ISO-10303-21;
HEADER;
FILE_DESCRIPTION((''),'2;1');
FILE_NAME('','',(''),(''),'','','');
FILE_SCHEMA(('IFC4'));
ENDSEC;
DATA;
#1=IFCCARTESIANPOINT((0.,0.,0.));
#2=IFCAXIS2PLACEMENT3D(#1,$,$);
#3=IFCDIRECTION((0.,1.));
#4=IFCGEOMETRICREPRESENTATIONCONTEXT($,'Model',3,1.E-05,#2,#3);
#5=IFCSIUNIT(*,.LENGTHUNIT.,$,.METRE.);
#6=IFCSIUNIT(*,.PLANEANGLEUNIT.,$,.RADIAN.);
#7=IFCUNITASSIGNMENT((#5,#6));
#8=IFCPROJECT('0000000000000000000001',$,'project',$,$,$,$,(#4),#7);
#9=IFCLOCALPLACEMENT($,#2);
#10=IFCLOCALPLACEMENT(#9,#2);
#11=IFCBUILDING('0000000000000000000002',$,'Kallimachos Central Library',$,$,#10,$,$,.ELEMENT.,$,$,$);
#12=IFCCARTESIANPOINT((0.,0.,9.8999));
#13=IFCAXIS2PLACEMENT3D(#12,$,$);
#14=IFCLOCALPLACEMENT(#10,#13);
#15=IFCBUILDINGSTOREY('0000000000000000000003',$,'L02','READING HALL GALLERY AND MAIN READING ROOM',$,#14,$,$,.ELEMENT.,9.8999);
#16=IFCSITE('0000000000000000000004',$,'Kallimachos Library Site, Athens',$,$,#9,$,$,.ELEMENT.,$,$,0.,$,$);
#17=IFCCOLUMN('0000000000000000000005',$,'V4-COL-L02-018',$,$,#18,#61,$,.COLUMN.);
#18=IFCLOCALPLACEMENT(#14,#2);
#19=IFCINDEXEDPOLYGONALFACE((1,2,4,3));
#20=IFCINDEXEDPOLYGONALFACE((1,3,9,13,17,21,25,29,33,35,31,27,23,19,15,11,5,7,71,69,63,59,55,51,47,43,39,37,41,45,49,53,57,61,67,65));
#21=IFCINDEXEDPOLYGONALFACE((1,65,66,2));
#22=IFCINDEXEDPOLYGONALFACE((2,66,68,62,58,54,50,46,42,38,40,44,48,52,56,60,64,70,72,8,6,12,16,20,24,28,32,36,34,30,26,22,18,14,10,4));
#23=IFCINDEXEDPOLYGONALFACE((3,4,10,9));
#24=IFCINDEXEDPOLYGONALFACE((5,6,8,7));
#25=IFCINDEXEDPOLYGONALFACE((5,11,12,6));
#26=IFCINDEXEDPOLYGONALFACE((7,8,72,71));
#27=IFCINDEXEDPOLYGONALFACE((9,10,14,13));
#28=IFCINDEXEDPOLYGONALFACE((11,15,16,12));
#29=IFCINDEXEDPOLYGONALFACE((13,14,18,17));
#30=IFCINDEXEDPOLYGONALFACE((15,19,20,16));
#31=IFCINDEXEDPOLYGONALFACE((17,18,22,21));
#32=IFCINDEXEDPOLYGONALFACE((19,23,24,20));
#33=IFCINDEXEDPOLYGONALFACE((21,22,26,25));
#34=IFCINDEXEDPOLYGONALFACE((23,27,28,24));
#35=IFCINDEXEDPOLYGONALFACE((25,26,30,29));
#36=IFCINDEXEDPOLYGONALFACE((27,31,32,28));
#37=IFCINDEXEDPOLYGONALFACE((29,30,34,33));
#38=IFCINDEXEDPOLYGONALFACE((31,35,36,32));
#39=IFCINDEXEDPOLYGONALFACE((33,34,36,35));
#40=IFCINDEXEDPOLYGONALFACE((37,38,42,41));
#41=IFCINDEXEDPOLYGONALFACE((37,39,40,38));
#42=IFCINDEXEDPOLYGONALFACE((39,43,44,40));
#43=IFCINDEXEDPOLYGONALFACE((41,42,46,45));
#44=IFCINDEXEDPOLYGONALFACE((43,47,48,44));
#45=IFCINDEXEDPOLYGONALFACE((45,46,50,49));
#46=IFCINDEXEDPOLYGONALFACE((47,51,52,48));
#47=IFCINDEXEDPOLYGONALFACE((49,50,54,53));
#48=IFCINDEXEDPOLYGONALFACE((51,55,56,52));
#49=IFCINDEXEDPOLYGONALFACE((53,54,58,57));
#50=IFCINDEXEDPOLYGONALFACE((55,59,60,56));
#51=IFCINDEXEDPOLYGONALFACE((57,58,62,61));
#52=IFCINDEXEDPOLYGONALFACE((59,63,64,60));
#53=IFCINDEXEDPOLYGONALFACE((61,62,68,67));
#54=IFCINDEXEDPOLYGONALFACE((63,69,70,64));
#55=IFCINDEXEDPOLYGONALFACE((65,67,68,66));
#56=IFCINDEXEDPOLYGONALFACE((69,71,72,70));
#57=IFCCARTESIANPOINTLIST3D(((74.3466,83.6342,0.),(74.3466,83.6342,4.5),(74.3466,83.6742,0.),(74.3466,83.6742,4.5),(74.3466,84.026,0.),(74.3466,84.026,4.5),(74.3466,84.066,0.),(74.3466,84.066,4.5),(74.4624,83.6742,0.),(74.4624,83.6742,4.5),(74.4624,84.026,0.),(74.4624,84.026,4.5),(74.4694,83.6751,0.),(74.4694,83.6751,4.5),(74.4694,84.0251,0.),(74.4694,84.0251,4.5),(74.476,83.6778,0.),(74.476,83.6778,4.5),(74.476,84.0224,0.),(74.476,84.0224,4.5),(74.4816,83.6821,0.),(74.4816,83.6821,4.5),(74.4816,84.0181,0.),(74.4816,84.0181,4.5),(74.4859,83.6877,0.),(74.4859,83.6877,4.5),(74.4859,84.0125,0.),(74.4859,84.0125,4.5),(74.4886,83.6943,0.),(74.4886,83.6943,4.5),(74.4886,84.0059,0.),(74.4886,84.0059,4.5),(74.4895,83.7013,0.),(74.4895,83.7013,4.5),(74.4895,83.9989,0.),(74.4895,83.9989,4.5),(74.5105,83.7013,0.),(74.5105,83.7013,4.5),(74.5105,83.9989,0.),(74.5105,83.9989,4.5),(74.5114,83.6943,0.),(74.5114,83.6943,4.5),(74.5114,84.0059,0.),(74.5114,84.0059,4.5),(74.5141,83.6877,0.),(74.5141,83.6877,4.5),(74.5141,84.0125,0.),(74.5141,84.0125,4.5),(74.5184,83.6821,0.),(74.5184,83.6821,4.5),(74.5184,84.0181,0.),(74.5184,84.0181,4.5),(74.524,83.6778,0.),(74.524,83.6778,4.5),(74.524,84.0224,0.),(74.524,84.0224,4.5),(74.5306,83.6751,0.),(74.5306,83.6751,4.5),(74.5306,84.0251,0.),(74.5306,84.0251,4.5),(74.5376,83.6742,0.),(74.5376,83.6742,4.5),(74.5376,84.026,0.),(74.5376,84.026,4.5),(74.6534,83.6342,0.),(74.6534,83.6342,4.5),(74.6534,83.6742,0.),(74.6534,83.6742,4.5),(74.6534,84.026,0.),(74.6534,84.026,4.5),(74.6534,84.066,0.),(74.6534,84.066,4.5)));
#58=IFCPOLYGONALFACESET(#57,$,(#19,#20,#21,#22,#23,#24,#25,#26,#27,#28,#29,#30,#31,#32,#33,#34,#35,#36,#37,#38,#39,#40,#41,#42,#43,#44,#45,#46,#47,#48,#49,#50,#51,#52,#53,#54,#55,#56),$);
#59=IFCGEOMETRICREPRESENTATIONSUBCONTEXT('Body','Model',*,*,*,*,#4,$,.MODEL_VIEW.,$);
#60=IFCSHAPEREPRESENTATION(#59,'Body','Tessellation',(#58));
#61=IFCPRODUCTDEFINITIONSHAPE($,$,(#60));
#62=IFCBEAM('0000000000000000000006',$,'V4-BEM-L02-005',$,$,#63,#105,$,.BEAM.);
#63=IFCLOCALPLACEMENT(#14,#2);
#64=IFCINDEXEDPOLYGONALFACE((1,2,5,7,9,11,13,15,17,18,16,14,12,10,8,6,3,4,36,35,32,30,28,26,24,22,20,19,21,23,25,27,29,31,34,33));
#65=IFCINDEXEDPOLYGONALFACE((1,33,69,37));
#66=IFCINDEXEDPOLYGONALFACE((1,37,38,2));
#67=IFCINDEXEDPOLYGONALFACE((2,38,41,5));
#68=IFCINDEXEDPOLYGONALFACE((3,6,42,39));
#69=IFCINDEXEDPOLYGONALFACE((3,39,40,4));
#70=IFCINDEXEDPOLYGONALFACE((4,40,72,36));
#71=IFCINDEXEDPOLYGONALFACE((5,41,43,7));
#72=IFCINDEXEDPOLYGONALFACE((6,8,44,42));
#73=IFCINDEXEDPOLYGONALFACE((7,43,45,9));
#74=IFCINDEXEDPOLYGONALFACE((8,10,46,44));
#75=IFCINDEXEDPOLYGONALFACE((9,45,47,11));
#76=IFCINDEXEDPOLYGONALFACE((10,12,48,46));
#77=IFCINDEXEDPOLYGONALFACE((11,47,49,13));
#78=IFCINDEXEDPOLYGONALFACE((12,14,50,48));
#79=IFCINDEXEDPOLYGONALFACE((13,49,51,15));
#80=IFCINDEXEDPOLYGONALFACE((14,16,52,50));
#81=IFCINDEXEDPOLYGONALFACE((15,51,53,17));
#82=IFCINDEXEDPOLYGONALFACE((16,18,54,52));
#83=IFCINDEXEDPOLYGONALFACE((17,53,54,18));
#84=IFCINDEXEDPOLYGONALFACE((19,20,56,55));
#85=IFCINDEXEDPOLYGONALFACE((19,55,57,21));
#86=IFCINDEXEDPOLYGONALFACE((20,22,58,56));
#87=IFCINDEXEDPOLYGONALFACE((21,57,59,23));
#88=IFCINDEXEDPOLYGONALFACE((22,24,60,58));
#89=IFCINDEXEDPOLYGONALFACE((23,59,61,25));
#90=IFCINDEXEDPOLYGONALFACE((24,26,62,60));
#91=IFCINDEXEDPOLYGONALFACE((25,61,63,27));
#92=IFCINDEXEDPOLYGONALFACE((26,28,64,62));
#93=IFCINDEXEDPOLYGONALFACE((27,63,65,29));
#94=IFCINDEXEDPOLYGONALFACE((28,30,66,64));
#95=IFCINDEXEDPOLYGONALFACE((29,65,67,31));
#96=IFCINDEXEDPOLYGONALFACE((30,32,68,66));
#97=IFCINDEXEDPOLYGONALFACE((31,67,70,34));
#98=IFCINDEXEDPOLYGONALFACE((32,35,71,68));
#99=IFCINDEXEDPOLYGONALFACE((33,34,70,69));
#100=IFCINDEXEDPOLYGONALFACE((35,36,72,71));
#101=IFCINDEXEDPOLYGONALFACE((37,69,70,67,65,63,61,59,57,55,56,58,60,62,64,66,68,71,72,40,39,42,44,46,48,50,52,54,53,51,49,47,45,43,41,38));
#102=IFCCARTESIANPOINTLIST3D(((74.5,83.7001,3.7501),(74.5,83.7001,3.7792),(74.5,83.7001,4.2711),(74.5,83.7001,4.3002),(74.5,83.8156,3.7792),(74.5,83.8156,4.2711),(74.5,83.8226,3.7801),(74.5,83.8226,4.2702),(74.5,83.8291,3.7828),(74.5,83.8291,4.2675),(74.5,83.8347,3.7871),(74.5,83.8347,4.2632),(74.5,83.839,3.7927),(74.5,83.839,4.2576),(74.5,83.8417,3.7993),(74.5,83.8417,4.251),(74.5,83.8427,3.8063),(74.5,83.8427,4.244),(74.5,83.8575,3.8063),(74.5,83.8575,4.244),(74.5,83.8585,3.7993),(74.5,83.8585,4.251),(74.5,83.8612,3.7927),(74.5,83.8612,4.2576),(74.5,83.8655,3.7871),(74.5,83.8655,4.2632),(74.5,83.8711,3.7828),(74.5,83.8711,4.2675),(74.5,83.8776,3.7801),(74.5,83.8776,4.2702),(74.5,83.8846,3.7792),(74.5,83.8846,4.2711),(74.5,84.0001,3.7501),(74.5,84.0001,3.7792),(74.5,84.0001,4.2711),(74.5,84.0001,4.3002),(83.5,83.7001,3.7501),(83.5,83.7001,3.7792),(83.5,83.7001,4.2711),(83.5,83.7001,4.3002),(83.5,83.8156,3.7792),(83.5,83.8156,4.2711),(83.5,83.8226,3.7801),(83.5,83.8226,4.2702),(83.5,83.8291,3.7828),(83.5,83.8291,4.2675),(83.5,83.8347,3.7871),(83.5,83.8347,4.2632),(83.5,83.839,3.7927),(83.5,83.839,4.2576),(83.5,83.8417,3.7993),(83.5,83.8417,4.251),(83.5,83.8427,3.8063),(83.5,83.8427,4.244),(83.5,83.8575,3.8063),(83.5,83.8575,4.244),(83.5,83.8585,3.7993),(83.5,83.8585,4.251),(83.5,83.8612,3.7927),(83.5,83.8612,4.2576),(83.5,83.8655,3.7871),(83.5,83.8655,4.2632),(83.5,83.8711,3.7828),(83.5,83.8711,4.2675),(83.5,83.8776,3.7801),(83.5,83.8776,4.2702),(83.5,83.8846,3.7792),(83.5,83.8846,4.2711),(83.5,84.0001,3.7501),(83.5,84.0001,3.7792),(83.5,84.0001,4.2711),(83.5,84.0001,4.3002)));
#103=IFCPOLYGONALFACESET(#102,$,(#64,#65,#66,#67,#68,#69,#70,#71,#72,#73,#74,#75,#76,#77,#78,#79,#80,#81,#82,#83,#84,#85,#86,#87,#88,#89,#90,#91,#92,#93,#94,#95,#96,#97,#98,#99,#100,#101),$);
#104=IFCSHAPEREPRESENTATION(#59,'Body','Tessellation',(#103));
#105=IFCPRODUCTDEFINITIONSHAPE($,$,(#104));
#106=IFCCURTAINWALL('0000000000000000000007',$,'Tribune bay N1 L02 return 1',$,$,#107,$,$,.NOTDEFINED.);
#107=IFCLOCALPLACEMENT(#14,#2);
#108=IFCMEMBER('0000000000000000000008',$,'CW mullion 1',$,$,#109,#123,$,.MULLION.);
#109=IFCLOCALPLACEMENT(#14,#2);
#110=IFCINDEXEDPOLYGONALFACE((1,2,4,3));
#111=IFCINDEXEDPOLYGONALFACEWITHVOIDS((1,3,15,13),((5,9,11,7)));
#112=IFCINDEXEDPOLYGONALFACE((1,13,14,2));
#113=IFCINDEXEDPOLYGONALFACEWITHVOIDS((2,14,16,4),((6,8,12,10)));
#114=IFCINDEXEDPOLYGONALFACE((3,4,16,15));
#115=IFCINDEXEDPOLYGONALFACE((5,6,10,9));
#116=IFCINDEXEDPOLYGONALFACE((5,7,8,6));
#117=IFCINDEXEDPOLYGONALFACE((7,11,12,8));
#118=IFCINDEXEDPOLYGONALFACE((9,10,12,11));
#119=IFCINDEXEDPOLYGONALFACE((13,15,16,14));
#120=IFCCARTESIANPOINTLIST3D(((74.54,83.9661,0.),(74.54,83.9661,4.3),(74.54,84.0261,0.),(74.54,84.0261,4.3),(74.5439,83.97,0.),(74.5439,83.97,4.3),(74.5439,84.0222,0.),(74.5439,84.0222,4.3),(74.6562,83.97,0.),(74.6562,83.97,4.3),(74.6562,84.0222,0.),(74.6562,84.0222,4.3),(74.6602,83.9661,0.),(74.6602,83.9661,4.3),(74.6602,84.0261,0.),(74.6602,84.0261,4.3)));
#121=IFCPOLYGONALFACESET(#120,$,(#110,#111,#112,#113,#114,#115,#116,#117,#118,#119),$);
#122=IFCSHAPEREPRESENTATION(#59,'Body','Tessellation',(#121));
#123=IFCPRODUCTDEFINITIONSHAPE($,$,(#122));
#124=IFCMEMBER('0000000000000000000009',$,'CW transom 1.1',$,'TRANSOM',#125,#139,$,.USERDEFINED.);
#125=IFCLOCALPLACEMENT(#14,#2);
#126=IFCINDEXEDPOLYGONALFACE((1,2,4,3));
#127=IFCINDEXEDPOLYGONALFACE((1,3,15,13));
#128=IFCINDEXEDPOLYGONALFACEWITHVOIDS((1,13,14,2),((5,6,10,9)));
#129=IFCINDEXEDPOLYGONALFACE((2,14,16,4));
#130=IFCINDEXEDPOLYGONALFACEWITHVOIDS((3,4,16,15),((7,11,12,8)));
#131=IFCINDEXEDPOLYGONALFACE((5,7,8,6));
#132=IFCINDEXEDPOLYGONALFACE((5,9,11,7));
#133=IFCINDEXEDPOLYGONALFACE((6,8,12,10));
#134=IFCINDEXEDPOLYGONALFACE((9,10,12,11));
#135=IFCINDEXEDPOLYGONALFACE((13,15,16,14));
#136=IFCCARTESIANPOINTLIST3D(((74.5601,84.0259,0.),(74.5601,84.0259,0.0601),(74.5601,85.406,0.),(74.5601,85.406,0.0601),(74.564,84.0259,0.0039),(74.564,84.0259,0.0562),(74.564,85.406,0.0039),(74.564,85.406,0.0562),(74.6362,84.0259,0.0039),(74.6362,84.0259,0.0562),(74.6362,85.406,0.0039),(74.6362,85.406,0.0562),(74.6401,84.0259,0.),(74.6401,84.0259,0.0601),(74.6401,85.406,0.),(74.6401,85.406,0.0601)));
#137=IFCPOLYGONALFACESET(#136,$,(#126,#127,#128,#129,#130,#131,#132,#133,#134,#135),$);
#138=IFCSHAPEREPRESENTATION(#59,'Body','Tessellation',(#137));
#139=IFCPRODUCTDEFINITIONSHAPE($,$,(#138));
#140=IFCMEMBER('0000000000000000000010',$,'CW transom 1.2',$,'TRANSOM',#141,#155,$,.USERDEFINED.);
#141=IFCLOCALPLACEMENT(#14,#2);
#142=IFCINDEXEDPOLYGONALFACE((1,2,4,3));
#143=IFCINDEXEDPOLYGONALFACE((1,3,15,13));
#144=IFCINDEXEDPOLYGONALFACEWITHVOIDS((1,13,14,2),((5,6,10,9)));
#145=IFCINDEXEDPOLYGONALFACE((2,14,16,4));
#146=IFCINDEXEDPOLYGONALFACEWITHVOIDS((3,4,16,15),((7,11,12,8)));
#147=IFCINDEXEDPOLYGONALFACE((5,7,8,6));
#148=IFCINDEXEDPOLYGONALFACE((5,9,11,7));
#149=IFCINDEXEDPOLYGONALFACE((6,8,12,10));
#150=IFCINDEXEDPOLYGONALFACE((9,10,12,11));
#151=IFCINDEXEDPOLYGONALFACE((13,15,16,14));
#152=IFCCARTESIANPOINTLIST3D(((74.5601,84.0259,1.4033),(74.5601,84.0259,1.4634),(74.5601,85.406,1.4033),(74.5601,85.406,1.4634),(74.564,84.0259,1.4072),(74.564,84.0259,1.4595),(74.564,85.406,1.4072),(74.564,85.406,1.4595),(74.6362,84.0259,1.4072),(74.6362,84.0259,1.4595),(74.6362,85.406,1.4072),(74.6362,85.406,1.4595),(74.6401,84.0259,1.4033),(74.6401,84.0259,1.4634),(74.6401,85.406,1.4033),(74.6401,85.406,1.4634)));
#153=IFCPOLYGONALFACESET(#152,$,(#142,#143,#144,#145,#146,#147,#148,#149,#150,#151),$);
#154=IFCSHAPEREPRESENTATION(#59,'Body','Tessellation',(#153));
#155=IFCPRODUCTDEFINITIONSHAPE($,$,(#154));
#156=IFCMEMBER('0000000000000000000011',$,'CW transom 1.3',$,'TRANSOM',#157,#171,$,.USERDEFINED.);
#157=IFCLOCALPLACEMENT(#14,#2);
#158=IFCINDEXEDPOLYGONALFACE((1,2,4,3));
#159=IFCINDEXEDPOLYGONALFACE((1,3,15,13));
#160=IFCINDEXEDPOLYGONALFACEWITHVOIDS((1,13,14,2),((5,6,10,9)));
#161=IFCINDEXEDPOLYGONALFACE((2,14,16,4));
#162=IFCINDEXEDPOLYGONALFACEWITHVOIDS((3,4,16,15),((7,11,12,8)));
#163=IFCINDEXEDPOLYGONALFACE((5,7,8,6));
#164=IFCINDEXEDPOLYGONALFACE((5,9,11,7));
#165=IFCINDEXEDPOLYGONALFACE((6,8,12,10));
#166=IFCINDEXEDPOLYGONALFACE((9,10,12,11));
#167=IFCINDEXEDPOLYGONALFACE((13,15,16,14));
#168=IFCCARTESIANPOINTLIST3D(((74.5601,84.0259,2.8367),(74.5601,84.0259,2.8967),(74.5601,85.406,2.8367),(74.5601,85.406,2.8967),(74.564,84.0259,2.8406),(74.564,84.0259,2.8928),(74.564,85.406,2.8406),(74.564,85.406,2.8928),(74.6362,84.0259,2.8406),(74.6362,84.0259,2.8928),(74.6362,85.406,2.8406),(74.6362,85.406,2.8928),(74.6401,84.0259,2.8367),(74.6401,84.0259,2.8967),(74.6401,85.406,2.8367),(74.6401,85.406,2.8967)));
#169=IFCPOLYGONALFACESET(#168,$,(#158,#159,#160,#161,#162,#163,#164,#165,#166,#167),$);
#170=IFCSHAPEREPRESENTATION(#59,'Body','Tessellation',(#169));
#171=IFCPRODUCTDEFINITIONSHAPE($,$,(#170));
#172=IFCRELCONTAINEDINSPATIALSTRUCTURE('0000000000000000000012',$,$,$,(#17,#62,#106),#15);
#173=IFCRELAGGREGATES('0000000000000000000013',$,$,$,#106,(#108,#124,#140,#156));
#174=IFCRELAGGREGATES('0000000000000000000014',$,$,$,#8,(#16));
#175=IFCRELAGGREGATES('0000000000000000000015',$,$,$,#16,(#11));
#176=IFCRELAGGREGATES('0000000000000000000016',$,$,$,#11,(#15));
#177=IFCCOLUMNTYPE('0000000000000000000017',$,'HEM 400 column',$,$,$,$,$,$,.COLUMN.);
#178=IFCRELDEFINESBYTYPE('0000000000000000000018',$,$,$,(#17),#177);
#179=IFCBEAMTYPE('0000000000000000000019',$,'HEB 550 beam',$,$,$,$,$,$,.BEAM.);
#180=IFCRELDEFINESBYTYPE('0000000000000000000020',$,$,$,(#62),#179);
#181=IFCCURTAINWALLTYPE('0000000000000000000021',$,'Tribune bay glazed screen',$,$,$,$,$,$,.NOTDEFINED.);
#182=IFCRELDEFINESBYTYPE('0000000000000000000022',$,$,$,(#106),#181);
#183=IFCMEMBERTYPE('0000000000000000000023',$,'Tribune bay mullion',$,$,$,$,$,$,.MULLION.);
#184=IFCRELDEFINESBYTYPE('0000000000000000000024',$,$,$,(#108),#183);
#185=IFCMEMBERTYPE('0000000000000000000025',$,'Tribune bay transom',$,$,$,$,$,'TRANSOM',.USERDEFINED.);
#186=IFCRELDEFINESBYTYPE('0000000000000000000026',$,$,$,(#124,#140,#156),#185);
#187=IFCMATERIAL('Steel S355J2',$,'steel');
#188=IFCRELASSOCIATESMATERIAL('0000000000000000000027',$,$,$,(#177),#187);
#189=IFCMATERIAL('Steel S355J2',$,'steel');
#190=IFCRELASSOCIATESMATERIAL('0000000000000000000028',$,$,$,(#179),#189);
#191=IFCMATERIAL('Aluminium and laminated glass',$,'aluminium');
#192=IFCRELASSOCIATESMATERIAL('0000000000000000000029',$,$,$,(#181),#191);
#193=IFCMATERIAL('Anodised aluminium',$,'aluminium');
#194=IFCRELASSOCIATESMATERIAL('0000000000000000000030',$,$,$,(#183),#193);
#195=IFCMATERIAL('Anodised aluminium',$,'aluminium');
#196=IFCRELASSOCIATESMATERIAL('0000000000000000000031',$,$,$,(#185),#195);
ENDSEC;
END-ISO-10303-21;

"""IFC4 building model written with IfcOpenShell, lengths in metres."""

from ifc_helpers import new_model, si_unit, direction, frame, origin, origin_2d, place, context, subcontext, project, spatial, hollow_rectangle, i_section, extrude, material, material_profile, profile_set, type_object, element, aggregate, save


model = new_model("IFC4")

# Units and contexts
model_context = context("Model", 3, precision=1e-05, world=origin(), true_north=direction((0.0, 1.0)))
body_context = subcontext(model_context, "Body", "Model", "MODEL_VIEW")
ifc_project = project(units=[si_unit("LENGTHUNIT", "METRE"), si_unit("PLANEANGLEUNIT", "RADIAN")], contexts=[model_context])

# Site, building, storey
site_placement = place(None, origin())
site = spatial("IfcSite", under=ifc_project, at=site_placement, Name="Kallimachos Library Site, Athens", CompositionType="ELEMENT", RefElevation=0.0)
building_placement = place(site_placement, origin())
building = spatial("IfcBuilding", under=site, at=building_placement, Name="Kallimachos Central Library", CompositionType="ELEMENT")
storey_placement = place(building_placement, frame((0.0, 0.0, 9.8999)))
storey = spatial("IfcBuildingStorey", under=building, at=storey_placement, Name="L02", Description="READING HALL GALLERY AND MAIN READING ROOM", CompositionType="ELEMENT", Elevation=9.8999)

# Column
ifc_material_1 = material(Name="Steel S355J2", Category="steel")
ifc_material_profile_1 = material_profile(ifc_material_1, i_section(OverallWidth=0.3069, OverallDepth=0.4319, WebThickness=0.021, FlangeThickness=0.04, FilletRadius=0.0271, at=origin_2d()), Name="HEM 400")
ifc_profile_set_1 = profile_set([ifc_material_profile_1], Name="Steel S355J2")
column_type = type_object("IfcColumnType", Name="HEM 400 column", PredefinedType="COLUMN", material=ifc_profile_set_1)
column_placement = place(storey_placement, frame((74.5, 83.8501, 0.0), z_axis=(0.0, 0.0, 1.0), x_axis=(1.0, 0.0, 0.0)))
element("IfcColumn", 1, at=column_placement, inside=storey, type_object=column_type, Name="V4-COL-L02-018", PredefinedType="COLUMN", context=body_context, shape_type="SweptSolid", body=[
    extrude(i_section(OverallWidth=0.3069, OverallDepth=0.4319, WebThickness=0.021, FlangeThickness=0.04, FilletRadius=0.0271, at=origin_2d()), origin(), (0.0, 0.0, 1.0), 4.5),
])

# Beam
ifc_material_2 = material(Name="Steel S355J2", Category="steel")
ifc_material_profile_2 = material_profile(ifc_material_2, i_section(OverallWidth=0.3, OverallDepth=0.55, WebThickness=0.0149, FlangeThickness=0.0291, FilletRadius=0.0271, at=origin_2d()), Name="HEB 550")
ifc_profile_set_2 = profile_set([ifc_material_profile_2], Name="Steel S355J2")
beam_type = type_object("IfcBeamType", Name="HEB 550 beam", PredefinedType="BEAM", material=ifc_profile_set_2)
beam_placement = place(storey_placement, frame((74.5, 83.8501, 4.0251), z_axis=(1.0, 0.0, 0.0), x_axis=(0.0, 1.0, 0.0)))
element("IfcBeam", 2, at=beam_placement, inside=storey, type_object=beam_type, Name="V4-BEM-L02-005", PredefinedType="BEAM", context=body_context, shape_type="SweptSolid", body=[
    extrude(i_section(OverallWidth=0.3, OverallDepth=0.55, WebThickness=0.0149, FlangeThickness=0.0291, FilletRadius=0.0271, at=origin_2d()), origin(), (0.0, 0.0, 1.0), 9.0),
])

# Curtain wall, members
ifc_material_3 = material(Name="Aluminium and laminated glass", Category="aluminium")
curtain_wall_type = type_object("IfcCurtainWallType", Name="Tribune bay glazed screen", PredefinedType="NOTDEFINED", material=ifc_material_3)
curtain_wall_placement = place(storey_placement, origin())
curtain_wall = element("IfcCurtainWall", 3, at=curtain_wall_placement, inside=storey, type_object=curtain_wall_type, Name="Tribune bay N1 L02 return 1", PredefinedType="NOTDEFINED")
ifc_material_4 = material(Name="Anodised aluminium", Category="aluminium")
ifc_material_profile_3 = material_profile(ifc_material_4, hollow_rectangle(XDim=0.0601, YDim=0.1201, WallThickness=0.0039, at=origin_2d()), Name="ALU MULLION 60x120")
ifc_profile_set_3 = profile_set([ifc_material_profile_3], Name="Anodised aluminium")
member_type_1 = type_object("IfcMemberType", Name="Tribune bay mullion", PredefinedType="MULLION", material=ifc_profile_set_3)
member_1_placement = place(storey_placement, frame((74.6001, 83.9961, 0.0), z_axis=(0.0, 0.0, 1.0), x_axis=(0.0, 1.0, 0.0)))
member_1 = element("IfcMember", 4, at=member_1_placement, type_object=member_type_1, Name="CW mullion 1", PredefinedType="MULLION", context=body_context, shape_type="SweptSolid", body=[
    extrude(hollow_rectangle(XDim=0.0601, YDim=0.1201, WallThickness=0.0039, at=origin_2d()), origin(), (0.0, 0.0, 1.0), 4.3),
])
ifc_material_5 = material(Name="Anodised aluminium", Category="aluminium")
ifc_material_profile_4 = material_profile(ifc_material_5, hollow_rectangle(XDim=0.0601, YDim=0.0801, WallThickness=0.0039, at=origin_2d()), Name="ALU TRANSOM 60x80")
ifc_profile_set_4 = profile_set([ifc_material_profile_4], Name="Anodised aluminium")
member_type_2 = type_object("IfcMemberType", Name="Tribune bay transom", ElementType="TRANSOM", PredefinedType="USERDEFINED", material=ifc_profile_set_4)
member_2_placement = place(storey_placement, frame((74.6001, 84.0259, 0.03), z_axis=(0.0, 1.0, 0.0), x_axis=(0.0, 0.0, 1.0)))
member_2 = element("IfcMember", 5, at=member_2_placement, type_object=member_type_2, Name="CW transom 1.1", ObjectType="TRANSOM", PredefinedType="USERDEFINED", context=body_context, shape_type="SweptSolid", body=[
    extrude(hollow_rectangle(XDim=0.0601, YDim=0.0801, WallThickness=0.0039, at=origin_2d()), origin(), (0.0, 0.0, 1.0), 1.3801),
])
member_3_placement = place(storey_placement, frame((74.6001, 84.0259, 1.4333), z_axis=(0.0, 1.0, 0.0), x_axis=(0.0, 0.0, 1.0)))
member_3 = element("IfcMember", 6, at=member_3_placement, type_object=member_type_2, Name="CW transom 1.2", ObjectType="TRANSOM", PredefinedType="USERDEFINED", context=body_context, shape_type="SweptSolid", body=[
    extrude(hollow_rectangle(XDim=0.0601, YDim=0.0801, WallThickness=0.0039, at=origin_2d()), origin(), (0.0, 0.0, 1.0), 1.3801),
])
member_4_placement = place(storey_placement, frame((74.6001, 84.0259, 2.8667), z_axis=(0.0, 1.0, 0.0), x_axis=(0.0, 0.0, 1.0)))
member_4 = element("IfcMember", 7, at=member_4_placement, type_object=member_type_2, Name="CW transom 1.3", ObjectType="TRANSOM", PredefinedType="USERDEFINED", context=body_context, shape_type="SweptSolid", body=[
    extrude(hollow_rectangle(XDim=0.0601, YDim=0.0801, WallThickness=0.0039, at=origin_2d()), origin(), (0.0, 0.0, 1.0), 1.3801),
])
aggregate(curtain_wall, [member_1, member_2, member_3, member_4])

save(model, "model.ifc")
